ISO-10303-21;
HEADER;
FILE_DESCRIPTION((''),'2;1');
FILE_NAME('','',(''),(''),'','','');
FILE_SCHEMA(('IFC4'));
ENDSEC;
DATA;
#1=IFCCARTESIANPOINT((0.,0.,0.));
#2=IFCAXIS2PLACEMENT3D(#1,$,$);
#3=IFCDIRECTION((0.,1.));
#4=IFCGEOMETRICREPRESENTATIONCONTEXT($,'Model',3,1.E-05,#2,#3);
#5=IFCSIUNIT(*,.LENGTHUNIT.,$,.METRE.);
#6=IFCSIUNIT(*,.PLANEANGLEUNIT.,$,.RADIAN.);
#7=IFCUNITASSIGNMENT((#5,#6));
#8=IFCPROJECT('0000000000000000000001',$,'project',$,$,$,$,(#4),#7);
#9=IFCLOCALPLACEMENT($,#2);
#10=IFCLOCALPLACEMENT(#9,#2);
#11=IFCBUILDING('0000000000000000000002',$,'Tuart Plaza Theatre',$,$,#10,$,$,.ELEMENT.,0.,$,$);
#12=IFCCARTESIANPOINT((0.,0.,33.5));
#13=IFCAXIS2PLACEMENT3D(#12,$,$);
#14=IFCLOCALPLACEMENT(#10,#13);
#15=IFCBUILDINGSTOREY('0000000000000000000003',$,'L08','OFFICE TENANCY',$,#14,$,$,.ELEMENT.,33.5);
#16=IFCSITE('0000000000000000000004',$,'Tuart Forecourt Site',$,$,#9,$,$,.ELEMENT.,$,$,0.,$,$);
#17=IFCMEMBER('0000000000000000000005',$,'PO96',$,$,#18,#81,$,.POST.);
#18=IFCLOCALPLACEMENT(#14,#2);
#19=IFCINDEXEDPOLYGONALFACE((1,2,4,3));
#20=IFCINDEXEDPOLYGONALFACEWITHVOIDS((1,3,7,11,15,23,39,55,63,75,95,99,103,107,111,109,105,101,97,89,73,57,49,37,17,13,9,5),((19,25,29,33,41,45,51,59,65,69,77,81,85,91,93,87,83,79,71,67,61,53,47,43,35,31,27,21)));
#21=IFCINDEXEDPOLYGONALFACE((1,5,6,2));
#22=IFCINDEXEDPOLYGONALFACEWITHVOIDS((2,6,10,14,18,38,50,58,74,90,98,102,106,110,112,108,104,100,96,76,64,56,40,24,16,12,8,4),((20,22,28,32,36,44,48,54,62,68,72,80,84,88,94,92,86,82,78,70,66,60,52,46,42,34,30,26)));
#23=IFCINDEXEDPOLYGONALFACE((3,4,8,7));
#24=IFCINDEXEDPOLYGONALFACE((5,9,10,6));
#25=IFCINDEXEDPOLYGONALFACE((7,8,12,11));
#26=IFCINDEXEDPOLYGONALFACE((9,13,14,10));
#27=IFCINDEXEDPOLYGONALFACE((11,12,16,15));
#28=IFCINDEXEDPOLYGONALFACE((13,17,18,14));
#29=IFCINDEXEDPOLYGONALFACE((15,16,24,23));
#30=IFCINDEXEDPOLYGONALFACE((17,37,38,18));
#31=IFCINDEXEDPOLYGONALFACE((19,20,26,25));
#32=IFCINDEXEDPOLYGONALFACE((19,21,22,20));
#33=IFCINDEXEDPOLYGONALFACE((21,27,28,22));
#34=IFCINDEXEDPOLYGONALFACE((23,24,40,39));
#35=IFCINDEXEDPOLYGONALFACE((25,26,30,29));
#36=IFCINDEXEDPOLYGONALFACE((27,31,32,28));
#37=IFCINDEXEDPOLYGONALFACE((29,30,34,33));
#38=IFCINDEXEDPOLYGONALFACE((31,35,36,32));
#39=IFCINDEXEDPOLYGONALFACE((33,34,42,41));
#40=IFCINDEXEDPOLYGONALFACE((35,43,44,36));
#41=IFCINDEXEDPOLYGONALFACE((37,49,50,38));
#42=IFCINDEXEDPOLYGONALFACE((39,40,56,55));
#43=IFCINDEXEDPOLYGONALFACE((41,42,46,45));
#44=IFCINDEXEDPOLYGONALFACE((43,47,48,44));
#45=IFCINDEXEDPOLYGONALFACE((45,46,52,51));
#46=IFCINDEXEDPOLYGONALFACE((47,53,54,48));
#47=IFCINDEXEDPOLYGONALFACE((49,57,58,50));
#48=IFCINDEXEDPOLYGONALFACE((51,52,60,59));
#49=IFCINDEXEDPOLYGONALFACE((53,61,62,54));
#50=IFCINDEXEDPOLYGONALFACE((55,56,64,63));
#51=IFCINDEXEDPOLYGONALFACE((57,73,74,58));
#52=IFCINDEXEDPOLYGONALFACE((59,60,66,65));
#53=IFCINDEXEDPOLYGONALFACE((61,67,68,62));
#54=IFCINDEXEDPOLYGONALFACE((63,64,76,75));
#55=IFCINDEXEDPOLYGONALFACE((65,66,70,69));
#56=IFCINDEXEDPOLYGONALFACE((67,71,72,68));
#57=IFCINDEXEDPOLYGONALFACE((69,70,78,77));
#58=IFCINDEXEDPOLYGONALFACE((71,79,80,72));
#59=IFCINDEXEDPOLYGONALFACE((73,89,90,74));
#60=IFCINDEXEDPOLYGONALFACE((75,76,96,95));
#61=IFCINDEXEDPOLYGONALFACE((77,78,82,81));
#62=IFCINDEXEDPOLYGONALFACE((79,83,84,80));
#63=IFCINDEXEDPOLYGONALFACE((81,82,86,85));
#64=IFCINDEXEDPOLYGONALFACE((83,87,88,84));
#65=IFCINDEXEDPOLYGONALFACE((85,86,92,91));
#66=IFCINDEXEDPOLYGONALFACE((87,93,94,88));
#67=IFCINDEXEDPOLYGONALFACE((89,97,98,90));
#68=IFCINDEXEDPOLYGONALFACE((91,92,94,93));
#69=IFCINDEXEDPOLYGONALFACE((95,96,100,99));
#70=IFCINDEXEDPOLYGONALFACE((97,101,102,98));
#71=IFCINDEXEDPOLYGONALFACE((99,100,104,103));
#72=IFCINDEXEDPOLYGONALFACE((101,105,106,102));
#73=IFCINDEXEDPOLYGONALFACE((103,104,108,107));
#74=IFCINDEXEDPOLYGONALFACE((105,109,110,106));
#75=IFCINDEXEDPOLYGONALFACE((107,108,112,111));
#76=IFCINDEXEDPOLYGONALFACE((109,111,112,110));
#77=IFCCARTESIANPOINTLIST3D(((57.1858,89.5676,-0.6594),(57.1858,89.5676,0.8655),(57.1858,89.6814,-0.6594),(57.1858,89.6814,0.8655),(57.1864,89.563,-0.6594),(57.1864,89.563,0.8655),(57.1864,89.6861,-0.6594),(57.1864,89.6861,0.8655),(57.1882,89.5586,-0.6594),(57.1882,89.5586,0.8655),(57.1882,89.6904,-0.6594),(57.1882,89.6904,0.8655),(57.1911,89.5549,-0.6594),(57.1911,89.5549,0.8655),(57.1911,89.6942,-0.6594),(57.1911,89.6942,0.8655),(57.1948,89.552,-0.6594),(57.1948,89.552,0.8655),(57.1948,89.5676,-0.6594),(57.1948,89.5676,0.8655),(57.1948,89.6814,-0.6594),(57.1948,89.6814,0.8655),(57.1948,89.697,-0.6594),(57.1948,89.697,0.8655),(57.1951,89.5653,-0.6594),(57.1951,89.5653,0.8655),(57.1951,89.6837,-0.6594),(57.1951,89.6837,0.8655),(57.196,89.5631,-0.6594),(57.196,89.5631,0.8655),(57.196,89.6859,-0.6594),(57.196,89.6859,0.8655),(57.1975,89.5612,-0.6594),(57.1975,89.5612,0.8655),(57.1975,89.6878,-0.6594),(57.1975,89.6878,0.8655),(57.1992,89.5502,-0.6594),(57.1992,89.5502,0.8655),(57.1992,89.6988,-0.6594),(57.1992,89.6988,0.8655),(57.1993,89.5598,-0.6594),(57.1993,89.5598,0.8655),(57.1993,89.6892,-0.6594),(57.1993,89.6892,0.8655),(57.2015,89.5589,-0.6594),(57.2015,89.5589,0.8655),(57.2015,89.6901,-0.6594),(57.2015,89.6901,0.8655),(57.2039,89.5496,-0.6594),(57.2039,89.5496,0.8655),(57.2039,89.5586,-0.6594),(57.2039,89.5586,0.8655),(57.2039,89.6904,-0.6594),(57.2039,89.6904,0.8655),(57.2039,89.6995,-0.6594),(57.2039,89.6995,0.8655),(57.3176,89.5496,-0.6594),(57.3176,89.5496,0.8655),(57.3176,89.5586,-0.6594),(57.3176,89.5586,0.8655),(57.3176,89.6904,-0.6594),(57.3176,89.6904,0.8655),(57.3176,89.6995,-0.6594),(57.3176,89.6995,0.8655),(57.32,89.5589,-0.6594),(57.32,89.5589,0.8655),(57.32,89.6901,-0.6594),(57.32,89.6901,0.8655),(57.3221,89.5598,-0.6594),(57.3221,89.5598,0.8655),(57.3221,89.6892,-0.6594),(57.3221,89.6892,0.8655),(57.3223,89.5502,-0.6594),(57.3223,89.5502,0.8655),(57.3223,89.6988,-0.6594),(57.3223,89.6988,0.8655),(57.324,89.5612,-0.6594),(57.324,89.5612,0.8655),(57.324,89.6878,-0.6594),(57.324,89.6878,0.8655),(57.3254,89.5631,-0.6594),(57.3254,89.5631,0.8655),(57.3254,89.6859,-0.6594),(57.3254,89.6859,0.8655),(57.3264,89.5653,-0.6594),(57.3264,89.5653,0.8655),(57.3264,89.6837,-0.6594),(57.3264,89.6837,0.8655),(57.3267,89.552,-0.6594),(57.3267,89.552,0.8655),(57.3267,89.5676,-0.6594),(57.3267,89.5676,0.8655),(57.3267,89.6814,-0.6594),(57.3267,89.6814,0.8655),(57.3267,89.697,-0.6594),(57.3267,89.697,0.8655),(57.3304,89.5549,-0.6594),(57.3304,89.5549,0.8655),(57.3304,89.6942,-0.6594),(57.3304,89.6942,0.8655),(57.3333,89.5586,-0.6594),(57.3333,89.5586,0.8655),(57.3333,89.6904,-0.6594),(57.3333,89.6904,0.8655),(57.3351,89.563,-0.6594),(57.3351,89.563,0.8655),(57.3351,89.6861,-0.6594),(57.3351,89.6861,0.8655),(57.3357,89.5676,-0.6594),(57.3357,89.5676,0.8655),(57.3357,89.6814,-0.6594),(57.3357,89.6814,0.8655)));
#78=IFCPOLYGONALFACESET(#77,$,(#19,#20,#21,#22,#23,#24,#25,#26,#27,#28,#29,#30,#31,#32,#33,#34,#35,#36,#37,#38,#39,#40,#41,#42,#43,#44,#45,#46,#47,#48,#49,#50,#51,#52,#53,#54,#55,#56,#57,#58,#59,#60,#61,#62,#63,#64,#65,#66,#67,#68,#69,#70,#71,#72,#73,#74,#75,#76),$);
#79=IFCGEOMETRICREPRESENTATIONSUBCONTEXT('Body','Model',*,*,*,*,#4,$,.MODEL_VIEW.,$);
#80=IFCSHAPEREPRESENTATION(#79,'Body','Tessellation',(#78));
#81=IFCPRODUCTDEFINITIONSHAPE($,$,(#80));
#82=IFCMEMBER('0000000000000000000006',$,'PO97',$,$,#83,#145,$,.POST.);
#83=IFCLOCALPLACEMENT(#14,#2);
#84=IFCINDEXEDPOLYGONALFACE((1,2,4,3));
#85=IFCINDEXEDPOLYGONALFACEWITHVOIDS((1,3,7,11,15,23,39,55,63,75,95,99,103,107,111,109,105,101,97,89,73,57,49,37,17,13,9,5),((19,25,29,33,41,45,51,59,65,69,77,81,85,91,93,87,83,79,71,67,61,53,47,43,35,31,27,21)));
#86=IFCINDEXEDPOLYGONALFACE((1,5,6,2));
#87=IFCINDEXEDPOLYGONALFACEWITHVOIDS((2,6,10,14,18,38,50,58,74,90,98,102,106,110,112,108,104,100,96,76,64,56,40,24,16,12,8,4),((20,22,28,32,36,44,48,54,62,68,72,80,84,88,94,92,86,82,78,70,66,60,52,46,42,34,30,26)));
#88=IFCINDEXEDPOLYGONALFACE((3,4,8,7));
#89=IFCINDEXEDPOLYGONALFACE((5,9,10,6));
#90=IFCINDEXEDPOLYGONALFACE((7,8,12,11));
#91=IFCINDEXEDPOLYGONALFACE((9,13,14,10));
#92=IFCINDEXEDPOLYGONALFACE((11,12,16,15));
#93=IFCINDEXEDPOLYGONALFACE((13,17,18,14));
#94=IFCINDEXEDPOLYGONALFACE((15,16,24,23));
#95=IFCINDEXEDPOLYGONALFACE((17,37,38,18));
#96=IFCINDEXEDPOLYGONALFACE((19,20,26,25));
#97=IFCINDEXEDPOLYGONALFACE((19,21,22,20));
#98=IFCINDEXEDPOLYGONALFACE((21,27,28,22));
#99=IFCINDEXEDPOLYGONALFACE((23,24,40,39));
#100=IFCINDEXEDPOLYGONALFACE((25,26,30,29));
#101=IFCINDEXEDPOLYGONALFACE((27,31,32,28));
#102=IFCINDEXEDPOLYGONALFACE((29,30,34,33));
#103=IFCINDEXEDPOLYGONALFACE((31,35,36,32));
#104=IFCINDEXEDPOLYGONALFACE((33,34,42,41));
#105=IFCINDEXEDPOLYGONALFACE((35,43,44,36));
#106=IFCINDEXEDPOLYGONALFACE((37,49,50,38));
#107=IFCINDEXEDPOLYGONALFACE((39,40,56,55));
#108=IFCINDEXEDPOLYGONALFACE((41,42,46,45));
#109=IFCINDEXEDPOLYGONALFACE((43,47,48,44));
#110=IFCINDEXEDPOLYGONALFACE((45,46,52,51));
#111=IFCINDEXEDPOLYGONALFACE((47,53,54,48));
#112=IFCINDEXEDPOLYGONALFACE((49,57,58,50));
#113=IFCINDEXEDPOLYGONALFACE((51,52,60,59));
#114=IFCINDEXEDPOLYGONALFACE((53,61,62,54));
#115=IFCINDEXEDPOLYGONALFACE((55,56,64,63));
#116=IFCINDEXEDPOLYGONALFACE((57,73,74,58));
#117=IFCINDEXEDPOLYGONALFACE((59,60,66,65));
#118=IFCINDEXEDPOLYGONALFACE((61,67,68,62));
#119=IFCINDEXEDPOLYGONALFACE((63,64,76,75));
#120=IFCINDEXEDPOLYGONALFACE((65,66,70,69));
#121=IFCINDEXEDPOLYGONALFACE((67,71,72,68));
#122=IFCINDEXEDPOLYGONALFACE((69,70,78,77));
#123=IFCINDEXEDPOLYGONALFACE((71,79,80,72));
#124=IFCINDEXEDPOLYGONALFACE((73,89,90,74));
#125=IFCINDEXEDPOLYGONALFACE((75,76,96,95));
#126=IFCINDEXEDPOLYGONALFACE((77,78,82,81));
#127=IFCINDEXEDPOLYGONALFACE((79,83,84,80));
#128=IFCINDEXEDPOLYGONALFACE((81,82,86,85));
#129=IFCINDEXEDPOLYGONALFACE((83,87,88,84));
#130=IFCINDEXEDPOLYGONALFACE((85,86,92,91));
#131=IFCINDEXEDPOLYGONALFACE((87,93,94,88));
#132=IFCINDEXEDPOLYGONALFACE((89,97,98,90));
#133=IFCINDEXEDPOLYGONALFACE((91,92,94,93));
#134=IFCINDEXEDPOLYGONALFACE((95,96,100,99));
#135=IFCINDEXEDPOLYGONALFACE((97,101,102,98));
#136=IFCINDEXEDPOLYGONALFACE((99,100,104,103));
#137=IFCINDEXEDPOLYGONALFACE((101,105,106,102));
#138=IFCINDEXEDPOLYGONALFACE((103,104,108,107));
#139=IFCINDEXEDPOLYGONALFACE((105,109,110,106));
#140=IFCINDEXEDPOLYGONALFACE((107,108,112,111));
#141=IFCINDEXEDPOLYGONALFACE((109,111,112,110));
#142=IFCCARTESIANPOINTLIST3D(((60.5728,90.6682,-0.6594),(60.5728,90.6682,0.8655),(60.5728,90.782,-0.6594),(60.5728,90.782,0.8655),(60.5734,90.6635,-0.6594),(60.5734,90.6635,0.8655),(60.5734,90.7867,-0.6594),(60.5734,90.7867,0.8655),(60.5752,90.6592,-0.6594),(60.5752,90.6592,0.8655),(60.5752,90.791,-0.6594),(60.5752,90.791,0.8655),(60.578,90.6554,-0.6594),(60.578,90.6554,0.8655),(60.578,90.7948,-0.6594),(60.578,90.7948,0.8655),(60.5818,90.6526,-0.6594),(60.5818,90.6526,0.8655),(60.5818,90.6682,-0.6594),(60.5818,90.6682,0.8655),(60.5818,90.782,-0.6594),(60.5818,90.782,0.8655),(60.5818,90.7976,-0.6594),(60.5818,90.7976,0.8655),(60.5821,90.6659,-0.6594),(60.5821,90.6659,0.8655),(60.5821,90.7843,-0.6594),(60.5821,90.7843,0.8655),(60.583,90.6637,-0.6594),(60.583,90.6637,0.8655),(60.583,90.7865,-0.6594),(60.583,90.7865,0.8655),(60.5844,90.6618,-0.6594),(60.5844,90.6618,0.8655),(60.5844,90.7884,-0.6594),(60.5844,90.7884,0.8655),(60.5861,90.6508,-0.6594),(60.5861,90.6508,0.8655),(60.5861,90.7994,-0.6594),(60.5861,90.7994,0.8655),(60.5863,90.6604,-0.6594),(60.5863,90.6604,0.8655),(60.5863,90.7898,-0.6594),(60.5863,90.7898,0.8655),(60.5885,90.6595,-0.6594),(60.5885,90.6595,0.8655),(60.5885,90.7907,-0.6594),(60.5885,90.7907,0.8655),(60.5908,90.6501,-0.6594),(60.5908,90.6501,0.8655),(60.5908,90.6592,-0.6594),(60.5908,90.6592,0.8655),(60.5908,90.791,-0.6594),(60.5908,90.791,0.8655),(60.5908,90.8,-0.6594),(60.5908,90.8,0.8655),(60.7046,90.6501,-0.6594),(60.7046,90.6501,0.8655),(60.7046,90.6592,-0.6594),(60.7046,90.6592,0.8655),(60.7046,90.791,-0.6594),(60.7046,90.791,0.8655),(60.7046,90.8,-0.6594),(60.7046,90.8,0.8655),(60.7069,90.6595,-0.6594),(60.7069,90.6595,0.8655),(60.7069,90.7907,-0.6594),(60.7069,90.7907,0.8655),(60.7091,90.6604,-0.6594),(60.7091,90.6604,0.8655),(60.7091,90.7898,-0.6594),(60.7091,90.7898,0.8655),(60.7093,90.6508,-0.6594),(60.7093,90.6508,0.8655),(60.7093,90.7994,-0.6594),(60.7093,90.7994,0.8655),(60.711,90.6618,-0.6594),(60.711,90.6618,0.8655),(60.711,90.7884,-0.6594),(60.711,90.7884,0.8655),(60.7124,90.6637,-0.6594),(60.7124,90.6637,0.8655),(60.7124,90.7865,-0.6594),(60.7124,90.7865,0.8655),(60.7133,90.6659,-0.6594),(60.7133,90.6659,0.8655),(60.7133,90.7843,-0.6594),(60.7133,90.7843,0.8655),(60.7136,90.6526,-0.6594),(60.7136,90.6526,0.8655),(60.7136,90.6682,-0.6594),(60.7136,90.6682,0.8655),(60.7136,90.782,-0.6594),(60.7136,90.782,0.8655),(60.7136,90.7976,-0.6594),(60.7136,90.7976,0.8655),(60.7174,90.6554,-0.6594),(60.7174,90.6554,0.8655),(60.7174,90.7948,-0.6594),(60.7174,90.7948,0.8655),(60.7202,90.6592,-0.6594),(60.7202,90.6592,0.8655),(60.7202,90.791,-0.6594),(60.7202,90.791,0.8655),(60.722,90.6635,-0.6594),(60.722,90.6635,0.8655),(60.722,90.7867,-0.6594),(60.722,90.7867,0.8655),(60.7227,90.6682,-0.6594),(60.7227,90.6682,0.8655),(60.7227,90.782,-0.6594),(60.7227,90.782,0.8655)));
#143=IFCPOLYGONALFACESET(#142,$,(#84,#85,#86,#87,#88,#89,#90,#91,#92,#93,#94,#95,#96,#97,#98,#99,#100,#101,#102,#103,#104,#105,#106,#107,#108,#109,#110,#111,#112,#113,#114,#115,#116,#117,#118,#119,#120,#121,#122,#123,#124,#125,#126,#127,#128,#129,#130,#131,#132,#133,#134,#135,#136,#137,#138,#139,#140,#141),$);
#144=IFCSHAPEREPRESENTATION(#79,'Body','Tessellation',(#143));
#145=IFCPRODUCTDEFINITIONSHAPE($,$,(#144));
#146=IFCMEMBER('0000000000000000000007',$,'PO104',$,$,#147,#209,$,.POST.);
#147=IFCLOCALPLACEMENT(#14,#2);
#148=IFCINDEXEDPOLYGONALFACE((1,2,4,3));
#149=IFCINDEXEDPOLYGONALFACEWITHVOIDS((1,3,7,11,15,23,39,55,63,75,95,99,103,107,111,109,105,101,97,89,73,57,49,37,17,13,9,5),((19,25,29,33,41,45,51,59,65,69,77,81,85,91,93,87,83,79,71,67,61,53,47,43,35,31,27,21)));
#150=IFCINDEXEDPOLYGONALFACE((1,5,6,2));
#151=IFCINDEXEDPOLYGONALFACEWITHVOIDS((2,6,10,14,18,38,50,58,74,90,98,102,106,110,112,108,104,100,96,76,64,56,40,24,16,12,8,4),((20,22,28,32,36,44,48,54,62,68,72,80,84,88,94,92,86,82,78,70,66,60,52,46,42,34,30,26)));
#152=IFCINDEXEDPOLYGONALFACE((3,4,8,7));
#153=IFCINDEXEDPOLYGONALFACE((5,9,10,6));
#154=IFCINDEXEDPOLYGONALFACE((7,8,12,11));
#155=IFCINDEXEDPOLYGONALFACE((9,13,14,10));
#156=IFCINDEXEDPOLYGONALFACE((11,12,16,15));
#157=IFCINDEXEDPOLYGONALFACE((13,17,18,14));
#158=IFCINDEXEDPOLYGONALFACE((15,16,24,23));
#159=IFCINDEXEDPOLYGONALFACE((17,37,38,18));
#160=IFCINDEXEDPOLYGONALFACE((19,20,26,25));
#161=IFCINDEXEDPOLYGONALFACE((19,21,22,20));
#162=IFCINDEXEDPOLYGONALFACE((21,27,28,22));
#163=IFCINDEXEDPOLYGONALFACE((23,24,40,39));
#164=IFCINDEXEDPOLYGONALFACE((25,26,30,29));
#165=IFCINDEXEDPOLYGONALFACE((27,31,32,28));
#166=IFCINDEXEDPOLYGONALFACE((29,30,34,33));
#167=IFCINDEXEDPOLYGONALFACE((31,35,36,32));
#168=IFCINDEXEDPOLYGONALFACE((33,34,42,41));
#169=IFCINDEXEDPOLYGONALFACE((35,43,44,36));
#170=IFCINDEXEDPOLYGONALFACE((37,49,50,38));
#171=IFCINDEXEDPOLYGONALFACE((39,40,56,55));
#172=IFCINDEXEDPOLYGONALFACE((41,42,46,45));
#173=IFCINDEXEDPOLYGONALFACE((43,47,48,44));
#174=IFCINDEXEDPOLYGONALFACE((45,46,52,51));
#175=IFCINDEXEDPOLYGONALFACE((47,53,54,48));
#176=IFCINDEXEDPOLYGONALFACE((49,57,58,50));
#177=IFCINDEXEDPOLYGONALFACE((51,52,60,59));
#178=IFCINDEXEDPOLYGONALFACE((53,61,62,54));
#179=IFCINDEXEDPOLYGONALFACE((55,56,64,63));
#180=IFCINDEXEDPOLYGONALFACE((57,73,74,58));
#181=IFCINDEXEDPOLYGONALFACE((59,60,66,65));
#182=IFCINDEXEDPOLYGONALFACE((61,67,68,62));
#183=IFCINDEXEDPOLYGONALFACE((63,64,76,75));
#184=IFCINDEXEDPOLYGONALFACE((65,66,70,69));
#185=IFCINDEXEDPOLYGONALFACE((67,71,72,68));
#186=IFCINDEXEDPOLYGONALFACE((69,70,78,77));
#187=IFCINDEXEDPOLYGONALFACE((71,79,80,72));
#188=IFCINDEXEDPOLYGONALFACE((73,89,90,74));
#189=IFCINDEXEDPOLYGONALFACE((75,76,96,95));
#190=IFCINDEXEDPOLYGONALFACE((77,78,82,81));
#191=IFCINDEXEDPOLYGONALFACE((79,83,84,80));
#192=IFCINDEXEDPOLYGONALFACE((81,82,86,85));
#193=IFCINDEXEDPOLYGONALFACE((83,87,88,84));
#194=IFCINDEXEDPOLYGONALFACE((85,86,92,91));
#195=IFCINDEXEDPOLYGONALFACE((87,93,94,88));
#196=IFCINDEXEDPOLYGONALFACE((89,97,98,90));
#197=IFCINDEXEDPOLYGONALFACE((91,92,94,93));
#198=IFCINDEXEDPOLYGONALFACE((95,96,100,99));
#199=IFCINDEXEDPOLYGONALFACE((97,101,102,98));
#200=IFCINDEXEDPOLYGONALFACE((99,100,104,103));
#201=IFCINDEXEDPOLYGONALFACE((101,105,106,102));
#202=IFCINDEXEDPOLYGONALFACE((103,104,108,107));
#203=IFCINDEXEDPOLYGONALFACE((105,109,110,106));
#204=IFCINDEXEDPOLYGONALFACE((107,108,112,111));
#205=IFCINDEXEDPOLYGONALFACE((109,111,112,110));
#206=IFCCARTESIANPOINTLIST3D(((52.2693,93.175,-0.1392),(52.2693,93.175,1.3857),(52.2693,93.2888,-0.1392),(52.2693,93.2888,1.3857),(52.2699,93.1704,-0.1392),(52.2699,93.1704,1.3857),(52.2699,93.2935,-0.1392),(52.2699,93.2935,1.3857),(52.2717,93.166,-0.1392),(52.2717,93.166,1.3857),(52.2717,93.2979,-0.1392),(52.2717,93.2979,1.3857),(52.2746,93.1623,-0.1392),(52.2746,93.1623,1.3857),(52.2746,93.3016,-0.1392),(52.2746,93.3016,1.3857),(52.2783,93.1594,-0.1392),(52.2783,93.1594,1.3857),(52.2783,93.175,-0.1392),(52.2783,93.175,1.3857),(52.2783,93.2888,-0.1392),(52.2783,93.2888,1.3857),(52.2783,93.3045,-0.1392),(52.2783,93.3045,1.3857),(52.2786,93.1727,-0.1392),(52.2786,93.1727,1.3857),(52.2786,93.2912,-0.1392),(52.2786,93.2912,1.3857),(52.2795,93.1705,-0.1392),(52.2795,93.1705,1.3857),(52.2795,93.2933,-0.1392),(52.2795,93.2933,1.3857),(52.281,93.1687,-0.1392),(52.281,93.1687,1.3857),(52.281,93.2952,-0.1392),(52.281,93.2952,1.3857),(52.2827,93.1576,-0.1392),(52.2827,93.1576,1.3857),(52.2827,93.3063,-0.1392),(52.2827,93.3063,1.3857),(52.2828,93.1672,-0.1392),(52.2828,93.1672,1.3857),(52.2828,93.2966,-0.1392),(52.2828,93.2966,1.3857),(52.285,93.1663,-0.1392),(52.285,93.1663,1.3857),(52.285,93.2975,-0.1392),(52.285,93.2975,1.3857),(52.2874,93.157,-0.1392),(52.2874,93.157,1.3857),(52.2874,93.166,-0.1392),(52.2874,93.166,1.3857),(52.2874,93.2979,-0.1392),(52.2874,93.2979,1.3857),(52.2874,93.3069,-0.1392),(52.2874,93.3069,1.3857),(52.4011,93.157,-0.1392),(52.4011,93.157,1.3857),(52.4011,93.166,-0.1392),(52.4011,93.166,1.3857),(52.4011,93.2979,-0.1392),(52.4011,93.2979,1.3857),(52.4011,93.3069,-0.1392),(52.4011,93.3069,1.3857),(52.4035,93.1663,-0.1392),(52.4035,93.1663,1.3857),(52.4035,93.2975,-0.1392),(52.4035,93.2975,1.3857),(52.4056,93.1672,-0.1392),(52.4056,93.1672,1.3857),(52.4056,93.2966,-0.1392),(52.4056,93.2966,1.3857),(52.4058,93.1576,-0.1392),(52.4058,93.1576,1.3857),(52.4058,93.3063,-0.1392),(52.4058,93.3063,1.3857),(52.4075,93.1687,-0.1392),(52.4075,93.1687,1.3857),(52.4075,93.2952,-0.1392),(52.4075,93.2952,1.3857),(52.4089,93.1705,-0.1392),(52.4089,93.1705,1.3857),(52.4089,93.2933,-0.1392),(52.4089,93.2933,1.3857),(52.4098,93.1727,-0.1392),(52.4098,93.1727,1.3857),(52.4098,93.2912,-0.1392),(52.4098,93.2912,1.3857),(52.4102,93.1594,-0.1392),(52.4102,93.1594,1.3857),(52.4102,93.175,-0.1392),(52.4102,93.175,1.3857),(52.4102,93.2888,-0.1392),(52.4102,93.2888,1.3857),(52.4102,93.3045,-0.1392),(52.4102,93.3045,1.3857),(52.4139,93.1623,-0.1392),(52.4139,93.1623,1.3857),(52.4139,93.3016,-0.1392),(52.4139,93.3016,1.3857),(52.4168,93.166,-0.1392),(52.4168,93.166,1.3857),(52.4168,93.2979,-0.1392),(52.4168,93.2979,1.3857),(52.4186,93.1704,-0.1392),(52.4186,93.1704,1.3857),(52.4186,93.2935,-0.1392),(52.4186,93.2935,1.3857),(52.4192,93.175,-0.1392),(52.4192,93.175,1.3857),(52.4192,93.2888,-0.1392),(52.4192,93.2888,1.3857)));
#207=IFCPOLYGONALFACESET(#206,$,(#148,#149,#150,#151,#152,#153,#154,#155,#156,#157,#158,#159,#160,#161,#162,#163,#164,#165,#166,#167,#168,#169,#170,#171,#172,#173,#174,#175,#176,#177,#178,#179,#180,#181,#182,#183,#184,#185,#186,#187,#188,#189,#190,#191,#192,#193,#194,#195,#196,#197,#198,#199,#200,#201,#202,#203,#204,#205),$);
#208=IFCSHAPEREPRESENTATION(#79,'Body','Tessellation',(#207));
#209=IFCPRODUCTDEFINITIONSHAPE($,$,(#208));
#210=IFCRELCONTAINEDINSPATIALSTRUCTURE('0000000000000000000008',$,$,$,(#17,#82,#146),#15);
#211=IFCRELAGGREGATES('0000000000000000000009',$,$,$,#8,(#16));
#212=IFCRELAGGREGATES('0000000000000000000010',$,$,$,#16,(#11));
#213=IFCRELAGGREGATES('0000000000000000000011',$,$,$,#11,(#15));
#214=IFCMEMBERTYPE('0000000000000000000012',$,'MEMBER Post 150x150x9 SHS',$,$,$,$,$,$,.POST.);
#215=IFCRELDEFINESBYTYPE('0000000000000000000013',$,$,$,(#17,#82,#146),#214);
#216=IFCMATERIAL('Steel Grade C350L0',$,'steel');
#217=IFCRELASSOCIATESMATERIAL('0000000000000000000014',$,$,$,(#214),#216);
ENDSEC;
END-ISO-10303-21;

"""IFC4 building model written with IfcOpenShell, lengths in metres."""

from ifc_helpers import new_model, si_unit, direction, frame, origin, origin_2d, place, context, subcontext, project, spatial, hollow_rectangle, extrude, material, material_profile, profile_set, type_object, element, save


model = new_model("IFC4")

# Units and contexts
model_context = context("Model", 3, precision=1e-05, world=origin(), true_north=direction((0.0, 1.0)))
body_context = subcontext(model_context, "Body", "Model", "MODEL_VIEW")
ifc_project = project(units=[si_unit("LENGTHUNIT", "METRE"), si_unit("PLANEANGLEUNIT", "RADIAN")], contexts=[model_context])

# Site, building, storey
site_placement = place(None, origin())
site = spatial("IfcSite", under=ifc_project, at=site_placement, Name="Tuart Forecourt Site", CompositionType="ELEMENT", RefElevation=0.0)
building_placement = place(site_placement, origin())
building = spatial("IfcBuilding", under=site, at=building_placement, Name="Tuart Plaza Theatre", CompositionType="ELEMENT", ElevationOfRefHeight=0.0)
storey_placement = place(building_placement, frame((0.0, 0.0, 33.5)))
storey = spatial("IfcBuildingStorey", under=building, at=storey_placement, Name="L08", Description="OFFICE TENANCY", CompositionType="ELEMENT", Elevation=33.5)

# Members
ifc_material_1 = material(Name="Steel Grade C350L0", Category="steel")
ifc_material_profile_1 = material_profile(ifc_material_1, hollow_rectangle(XDim=0.1499, YDim=0.1499, WallThickness=0.009, InnerFilletRadius=0.009, OuterFilletRadius=0.0181, at=origin_2d()), Name="150x150x9 SHS")
ifc_profile_set_1 = profile_set([ifc_material_profile_1], Name="Steel Grade C350L0")
member_type_1 = type_object("IfcMemberType", Name="MEMBER Post 150x150x9 SHS", PredefinedType="POST", material=ifc_profile_set_1)
for number, where, z_axis, x_axis, name in (
    (1, (57.2607, 89.6245, -0.6594), (0.0, 0.0, 1.0), (1.0, 0.0, 0.0), "PO96"),
    (2, (60.6477, 90.7251, -0.6594), (0.0, 0.0, 1.0), (1.0, 0.0, 0.0), "PO97"),
    (3, (52.3442, 93.2319, -0.1392), (0.0, 0.0, 1.0), (1.0, 0.0, 0.0), "PO104"),
):
    element("IfcMember", number, at=place(storey_placement, frame(where, z_axis=z_axis, x_axis=x_axis)), inside=storey, type_object=member_type_1, Name=name, PredefinedType="POST", context=body_context, shape_type="SweptSolid", body=[
        extrude(hollow_rectangle(XDim=0.1499, YDim=0.1499, WallThickness=0.009, InnerFilletRadius=0.009, OuterFilletRadius=0.0181, at=origin_2d()), origin(), (0.0, 0.0, 1.0), 1.5249),
    ])

save(model, "model.ifc")
